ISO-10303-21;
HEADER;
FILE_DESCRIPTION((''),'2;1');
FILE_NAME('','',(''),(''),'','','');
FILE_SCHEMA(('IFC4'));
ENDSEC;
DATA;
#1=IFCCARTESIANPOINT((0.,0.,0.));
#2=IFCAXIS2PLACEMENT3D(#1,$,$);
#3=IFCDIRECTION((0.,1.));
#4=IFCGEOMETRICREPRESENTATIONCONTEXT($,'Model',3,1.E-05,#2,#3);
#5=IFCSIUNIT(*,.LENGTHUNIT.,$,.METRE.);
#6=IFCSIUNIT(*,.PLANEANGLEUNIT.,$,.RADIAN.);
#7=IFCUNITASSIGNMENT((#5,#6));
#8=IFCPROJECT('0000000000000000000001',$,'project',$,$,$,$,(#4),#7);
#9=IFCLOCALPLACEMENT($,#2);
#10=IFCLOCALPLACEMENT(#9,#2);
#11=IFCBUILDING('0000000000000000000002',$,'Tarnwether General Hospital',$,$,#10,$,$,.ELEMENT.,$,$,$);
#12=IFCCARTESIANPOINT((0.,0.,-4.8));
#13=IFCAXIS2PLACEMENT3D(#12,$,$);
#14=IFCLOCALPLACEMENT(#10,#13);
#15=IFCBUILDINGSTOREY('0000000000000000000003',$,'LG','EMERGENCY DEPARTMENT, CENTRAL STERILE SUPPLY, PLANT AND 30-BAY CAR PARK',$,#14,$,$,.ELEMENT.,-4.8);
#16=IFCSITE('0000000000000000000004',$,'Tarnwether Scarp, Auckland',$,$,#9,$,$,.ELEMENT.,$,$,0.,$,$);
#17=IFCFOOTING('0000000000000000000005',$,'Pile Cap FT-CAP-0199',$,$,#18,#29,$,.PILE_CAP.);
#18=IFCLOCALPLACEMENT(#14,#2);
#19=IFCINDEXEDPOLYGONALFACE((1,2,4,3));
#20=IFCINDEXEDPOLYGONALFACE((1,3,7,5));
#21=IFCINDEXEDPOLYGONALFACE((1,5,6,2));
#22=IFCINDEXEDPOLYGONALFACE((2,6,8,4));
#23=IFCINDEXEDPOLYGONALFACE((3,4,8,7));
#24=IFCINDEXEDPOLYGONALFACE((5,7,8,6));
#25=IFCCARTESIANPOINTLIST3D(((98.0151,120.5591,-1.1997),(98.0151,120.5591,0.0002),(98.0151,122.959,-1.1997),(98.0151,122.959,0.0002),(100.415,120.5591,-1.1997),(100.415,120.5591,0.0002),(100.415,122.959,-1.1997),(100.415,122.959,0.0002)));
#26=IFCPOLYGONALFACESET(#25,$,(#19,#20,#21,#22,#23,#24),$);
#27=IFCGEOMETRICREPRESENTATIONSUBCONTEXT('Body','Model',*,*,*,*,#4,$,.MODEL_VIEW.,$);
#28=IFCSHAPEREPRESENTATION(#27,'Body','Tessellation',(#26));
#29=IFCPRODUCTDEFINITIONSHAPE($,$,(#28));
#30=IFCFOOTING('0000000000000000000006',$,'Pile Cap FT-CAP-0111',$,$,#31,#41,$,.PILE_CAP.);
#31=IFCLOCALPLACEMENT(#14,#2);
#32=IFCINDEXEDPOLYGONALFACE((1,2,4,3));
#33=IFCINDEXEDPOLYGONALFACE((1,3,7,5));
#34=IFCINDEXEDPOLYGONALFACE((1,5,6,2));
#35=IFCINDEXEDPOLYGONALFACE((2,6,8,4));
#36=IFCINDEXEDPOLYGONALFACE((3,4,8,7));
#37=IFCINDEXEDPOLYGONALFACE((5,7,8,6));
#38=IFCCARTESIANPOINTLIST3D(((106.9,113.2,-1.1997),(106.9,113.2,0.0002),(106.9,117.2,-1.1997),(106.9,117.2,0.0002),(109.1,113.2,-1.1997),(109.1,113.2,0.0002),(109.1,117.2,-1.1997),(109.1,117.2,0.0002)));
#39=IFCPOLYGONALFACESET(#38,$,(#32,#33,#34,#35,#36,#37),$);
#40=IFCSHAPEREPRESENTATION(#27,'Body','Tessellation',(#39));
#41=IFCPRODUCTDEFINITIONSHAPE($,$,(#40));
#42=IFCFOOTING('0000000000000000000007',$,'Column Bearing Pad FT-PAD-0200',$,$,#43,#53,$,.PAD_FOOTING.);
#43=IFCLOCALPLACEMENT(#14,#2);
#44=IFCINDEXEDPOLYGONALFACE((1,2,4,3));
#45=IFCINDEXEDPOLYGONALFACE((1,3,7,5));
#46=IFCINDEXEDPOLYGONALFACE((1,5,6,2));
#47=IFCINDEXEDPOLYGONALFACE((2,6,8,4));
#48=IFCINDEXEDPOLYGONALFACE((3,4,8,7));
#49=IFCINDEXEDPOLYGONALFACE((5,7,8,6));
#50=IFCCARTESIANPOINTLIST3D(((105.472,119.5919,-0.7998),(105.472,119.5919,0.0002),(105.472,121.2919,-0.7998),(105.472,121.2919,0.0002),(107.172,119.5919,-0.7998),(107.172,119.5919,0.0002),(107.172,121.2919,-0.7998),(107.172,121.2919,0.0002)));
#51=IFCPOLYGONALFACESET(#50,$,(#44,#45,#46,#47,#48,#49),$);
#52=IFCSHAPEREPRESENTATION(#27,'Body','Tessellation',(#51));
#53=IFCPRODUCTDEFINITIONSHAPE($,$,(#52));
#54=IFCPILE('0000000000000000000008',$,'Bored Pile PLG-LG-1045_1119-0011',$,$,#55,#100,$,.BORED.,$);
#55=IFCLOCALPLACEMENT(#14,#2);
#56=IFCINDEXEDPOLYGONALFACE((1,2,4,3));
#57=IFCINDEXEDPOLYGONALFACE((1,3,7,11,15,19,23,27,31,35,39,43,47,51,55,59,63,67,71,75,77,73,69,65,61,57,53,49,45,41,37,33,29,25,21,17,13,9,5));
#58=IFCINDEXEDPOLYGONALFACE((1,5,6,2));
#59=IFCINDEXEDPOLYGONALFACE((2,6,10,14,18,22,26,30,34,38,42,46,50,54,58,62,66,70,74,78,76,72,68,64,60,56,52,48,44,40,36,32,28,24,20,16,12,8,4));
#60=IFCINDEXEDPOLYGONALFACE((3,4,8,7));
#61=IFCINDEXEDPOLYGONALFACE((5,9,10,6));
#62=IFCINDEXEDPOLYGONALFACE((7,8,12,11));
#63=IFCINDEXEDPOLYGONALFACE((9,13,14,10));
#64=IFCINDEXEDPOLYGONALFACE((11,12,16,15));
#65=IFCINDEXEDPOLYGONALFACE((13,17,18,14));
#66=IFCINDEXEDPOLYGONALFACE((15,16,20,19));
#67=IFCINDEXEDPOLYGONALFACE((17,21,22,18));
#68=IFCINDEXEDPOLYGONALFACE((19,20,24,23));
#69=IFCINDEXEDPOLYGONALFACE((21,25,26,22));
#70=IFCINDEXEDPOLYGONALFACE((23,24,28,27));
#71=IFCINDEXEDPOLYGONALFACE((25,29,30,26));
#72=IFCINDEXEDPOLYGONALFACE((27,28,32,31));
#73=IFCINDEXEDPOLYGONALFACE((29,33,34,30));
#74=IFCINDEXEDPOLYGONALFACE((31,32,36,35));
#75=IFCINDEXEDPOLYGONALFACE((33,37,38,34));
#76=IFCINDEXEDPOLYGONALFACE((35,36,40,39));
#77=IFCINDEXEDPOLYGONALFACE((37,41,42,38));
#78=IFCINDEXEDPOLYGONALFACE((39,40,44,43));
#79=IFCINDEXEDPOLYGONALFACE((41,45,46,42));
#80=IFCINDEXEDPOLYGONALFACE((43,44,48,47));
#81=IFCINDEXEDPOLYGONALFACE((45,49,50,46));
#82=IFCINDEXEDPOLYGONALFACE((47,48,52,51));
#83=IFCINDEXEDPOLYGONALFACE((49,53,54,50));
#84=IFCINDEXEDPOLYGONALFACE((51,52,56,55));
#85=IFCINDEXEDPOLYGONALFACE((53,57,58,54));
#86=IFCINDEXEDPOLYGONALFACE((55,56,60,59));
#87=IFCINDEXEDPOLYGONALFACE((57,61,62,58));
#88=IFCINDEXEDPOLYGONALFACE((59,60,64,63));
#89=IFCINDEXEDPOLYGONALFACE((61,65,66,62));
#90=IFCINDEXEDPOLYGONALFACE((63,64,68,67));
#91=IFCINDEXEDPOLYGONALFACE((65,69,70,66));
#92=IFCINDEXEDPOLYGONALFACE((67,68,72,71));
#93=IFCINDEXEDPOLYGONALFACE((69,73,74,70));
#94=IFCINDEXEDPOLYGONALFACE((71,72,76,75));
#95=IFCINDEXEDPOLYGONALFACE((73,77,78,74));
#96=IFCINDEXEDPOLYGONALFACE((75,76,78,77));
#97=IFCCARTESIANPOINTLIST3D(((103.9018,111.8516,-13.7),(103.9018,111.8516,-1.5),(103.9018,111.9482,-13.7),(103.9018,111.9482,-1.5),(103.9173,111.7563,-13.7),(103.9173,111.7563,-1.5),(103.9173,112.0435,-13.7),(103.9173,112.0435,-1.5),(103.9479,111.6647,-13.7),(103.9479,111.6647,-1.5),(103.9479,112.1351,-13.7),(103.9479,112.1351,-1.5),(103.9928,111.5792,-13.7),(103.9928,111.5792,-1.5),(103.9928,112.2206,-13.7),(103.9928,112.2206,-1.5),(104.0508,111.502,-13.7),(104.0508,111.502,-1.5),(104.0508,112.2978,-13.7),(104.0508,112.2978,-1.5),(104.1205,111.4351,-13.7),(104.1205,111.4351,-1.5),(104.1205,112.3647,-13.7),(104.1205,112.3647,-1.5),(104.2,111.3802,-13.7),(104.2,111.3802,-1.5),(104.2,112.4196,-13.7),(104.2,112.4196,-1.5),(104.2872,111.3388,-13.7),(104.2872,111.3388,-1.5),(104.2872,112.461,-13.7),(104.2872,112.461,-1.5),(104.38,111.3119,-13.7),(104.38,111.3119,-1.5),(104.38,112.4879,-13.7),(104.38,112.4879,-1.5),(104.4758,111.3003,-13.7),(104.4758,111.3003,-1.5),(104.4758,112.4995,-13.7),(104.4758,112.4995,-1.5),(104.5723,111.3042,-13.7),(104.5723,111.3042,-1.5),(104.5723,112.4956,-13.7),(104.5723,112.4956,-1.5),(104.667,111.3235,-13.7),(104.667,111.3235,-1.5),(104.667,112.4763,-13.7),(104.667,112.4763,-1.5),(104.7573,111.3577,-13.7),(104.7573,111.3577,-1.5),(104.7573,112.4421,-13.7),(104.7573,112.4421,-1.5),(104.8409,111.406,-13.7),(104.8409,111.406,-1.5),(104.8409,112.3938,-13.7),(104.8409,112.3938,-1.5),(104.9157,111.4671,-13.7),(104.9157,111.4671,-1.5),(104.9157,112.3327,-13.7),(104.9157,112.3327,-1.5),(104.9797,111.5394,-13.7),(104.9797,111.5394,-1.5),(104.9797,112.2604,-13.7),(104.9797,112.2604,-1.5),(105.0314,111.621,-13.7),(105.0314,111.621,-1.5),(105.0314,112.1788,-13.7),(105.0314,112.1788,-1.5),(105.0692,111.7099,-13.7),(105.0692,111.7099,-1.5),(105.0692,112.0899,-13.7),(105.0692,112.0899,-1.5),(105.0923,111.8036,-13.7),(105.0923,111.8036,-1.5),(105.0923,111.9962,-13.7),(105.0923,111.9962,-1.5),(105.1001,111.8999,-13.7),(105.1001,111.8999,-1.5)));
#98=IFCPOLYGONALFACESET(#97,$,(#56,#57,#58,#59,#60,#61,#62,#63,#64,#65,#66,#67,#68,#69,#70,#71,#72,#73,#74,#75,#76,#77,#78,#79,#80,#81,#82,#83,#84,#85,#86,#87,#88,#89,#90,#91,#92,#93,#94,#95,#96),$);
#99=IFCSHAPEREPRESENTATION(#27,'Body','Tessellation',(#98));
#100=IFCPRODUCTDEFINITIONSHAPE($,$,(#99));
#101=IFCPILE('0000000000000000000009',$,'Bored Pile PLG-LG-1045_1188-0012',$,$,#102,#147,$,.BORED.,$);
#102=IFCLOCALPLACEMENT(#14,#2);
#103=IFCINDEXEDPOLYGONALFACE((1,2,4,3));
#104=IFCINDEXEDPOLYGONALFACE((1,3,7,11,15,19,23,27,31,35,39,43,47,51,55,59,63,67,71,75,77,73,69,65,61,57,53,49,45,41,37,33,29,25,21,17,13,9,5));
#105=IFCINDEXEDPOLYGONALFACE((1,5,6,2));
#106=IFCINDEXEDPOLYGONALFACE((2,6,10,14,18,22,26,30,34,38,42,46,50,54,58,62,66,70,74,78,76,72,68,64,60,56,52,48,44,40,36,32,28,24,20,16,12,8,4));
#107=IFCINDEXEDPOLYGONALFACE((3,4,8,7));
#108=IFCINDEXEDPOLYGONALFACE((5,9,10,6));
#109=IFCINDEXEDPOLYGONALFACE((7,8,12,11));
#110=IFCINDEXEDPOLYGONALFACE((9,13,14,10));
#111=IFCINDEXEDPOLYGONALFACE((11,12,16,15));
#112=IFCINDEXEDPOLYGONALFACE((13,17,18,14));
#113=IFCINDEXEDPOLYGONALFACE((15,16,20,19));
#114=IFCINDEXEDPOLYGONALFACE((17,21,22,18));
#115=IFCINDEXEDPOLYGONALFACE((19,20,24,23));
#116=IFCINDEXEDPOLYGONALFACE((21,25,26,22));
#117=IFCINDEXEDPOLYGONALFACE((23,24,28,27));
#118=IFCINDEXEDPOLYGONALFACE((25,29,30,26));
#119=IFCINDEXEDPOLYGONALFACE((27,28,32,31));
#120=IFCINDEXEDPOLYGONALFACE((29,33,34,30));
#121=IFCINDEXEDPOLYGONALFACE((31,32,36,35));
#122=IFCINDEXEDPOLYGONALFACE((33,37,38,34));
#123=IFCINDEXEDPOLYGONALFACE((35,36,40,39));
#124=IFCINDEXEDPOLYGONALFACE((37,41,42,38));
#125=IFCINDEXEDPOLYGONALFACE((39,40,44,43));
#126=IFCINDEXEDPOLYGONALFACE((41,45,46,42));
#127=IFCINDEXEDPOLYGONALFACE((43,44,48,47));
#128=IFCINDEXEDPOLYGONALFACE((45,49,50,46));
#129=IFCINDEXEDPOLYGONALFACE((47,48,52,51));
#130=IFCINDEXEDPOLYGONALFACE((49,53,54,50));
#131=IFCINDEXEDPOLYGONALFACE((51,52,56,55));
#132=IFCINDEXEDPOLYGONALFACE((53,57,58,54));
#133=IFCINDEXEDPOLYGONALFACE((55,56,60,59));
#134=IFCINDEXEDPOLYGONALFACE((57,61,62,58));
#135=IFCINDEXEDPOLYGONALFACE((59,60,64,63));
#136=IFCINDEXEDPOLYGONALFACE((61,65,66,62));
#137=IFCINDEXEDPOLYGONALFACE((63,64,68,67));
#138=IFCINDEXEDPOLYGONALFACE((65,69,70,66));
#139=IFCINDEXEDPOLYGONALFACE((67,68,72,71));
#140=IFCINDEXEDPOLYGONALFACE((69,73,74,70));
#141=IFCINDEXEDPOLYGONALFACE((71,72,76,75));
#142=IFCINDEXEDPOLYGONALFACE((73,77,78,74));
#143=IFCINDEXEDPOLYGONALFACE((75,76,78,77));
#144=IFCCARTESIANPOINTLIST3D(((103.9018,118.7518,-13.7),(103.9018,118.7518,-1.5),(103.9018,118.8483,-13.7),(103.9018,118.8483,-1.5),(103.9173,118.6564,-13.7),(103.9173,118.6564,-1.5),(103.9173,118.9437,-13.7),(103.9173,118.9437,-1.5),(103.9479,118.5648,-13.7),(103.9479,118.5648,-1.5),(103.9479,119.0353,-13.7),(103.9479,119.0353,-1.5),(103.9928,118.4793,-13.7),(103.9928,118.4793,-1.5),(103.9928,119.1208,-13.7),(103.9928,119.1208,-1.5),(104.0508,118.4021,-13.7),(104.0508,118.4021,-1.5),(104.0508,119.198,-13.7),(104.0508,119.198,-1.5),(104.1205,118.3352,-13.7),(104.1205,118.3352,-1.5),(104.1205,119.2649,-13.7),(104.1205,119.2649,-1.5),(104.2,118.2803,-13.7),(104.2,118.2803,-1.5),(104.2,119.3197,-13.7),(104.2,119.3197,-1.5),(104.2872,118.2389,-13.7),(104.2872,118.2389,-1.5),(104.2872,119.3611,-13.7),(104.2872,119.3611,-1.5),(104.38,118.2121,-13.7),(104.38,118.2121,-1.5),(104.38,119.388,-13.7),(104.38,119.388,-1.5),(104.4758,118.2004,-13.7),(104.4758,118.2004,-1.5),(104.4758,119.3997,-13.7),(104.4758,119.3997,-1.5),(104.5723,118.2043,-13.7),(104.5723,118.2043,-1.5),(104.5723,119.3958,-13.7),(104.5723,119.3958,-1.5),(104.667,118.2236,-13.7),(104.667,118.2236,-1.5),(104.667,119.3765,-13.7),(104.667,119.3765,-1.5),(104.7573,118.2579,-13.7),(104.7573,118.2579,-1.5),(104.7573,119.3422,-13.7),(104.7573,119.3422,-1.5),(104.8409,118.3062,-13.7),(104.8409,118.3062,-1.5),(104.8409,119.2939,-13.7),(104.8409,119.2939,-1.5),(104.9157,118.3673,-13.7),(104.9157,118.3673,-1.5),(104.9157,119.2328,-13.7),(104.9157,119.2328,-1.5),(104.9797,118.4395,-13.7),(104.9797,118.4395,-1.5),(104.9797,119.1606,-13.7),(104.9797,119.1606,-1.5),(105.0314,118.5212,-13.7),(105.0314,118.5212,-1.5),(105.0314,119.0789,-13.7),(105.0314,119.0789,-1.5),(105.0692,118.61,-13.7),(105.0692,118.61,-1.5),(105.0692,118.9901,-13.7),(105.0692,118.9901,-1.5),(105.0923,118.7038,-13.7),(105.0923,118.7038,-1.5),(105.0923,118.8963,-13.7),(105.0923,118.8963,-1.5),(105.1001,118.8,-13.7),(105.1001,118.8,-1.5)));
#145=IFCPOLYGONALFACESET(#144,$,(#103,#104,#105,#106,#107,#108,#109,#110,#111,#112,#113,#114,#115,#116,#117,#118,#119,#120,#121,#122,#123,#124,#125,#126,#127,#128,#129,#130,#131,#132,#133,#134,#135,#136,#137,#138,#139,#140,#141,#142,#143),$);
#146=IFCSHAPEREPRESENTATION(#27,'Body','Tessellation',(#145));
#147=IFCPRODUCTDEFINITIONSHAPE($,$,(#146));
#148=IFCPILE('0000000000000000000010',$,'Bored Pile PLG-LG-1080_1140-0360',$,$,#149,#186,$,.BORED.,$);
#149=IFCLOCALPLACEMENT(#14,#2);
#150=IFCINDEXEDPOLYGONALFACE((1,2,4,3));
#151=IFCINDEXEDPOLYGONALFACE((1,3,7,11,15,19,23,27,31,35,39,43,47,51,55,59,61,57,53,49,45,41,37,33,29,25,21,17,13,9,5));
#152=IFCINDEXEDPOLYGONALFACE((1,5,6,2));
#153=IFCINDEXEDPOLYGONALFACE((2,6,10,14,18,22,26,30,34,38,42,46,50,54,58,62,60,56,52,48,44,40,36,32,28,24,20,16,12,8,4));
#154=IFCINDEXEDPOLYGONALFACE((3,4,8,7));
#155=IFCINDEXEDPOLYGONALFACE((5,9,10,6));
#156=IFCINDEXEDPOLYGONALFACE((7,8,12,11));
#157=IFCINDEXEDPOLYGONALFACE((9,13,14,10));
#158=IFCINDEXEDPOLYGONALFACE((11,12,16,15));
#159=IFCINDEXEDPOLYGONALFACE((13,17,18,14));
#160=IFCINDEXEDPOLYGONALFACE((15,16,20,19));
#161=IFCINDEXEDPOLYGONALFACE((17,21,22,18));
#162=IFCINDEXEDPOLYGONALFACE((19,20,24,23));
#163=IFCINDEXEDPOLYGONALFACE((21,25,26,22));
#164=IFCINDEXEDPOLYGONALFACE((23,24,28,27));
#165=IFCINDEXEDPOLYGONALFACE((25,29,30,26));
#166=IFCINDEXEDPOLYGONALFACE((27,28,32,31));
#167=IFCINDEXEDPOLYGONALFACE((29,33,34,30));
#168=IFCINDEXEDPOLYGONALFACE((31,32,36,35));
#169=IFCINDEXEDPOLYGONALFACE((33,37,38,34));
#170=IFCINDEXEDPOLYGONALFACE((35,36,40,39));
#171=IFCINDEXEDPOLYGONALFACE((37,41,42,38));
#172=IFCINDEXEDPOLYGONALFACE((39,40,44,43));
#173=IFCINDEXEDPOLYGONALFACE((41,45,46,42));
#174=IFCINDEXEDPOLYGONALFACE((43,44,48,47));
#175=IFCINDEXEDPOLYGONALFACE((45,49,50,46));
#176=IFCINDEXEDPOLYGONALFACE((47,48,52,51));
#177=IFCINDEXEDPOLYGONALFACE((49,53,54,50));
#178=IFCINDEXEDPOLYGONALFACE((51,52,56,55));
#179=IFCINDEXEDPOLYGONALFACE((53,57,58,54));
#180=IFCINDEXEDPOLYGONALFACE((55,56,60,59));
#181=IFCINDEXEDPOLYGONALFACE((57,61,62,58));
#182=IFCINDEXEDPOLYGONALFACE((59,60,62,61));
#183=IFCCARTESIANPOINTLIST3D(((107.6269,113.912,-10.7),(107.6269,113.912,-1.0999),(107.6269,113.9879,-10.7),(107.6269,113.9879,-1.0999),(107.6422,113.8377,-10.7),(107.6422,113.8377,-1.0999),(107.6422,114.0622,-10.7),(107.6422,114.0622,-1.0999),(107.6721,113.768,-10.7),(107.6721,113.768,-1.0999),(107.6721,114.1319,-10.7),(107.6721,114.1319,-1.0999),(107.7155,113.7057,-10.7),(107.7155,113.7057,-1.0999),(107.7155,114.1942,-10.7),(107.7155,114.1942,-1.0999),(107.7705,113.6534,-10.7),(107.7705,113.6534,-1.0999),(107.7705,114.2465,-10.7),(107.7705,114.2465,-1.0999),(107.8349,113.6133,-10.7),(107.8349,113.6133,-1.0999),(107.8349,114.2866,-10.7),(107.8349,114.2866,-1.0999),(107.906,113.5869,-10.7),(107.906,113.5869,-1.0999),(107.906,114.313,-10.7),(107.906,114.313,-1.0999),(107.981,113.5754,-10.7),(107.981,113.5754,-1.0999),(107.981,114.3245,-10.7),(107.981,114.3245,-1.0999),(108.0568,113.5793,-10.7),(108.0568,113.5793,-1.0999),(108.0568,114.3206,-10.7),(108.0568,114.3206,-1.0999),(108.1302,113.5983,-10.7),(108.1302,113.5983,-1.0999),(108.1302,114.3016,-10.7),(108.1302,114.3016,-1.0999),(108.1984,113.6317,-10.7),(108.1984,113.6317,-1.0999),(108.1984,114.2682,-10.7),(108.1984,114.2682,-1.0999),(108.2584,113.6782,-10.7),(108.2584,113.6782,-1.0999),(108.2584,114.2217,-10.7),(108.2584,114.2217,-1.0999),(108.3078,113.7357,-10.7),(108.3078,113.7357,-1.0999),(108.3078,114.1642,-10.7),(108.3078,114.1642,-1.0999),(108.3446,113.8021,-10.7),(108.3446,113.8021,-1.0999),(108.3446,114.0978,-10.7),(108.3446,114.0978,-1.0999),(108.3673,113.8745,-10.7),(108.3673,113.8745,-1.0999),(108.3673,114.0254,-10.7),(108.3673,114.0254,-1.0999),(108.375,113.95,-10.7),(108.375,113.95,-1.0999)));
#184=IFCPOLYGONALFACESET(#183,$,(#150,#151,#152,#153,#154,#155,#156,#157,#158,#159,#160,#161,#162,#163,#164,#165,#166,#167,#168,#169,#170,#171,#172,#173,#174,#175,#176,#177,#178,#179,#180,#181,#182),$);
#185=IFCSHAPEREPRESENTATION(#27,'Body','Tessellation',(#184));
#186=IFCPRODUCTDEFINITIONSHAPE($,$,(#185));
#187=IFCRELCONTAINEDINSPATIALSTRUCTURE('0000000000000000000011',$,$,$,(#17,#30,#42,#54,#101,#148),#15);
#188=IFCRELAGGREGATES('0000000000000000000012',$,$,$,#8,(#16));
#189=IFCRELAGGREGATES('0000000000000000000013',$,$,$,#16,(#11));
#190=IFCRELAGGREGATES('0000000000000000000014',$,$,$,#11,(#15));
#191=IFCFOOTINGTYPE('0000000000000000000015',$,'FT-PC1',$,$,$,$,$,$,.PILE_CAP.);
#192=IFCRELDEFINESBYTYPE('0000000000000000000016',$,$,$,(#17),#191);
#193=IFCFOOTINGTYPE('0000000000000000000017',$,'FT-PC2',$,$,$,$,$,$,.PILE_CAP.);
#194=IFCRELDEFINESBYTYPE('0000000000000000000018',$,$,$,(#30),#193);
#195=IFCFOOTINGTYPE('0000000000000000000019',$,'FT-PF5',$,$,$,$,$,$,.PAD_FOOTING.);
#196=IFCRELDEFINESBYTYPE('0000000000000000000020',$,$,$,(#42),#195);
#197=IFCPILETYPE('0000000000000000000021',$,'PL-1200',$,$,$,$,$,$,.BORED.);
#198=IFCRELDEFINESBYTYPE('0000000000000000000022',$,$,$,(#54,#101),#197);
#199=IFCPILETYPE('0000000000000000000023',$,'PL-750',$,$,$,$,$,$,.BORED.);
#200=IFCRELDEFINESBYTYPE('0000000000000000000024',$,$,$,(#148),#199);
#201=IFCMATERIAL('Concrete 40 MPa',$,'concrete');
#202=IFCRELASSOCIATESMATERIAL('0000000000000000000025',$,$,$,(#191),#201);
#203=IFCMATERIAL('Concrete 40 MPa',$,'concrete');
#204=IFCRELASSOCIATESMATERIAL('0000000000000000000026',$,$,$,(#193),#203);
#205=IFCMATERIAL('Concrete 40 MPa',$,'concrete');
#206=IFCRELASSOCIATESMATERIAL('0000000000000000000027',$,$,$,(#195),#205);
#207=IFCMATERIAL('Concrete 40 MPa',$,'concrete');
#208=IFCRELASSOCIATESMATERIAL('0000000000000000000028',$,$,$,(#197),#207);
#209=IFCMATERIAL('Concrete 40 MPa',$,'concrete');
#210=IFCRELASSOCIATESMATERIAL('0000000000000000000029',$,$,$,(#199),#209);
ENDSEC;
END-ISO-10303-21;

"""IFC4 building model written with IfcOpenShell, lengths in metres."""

from ifc_helpers import new_model, si_unit, direction, frame, origin, origin_2d, place, context, subcontext, project, spatial, rectangle, circle, extrude, material, material_profile, profile_set, type_object, element, save


model = new_model("IFC4")

# Units and contexts
model_context = context("Model", 3, precision=1e-05, world=origin(), true_north=direction((0.0, 1.0)))
body_context = subcontext(model_context, "Body", "Model", "MODEL_VIEW")
ifc_project = project(units=[si_unit("LENGTHUNIT", "METRE"), si_unit("PLANEANGLEUNIT", "RADIAN")], contexts=[model_context])

# Site, building, storey
site_placement = place(None, origin())
site = spatial("IfcSite", under=ifc_project, at=site_placement, Name="Tarnwether Scarp, Auckland", CompositionType="ELEMENT", RefElevation=0.0)
building_placement = place(site_placement, origin())
building = spatial("IfcBuilding", under=site, at=building_placement, Name="Tarnwether General Hospital", CompositionType="ELEMENT")
storey_placement = place(building_placement, frame((0.0, 0.0, -4.8)))
storey = spatial("IfcBuildingStorey", under=building, at=storey_placement, Name="LG", Description="EMERGENCY DEPARTMENT, CENTRAL STERILE SUPPLY, PLANT AND 30-BAY CAR PARK", CompositionType="ELEMENT", Elevation=-4.8)

# Footings
ifc_material_1 = material(Name="Concrete 40 MPa", Category="concrete")
footing_type_1 = type_object("IfcFootingType", Name="FT-PC1", PredefinedType="PILE_CAP", material=ifc_material_1)
footing_1_placement = place(storey_placement, frame((99.2151, 121.759, -1.1997), z_axis=(0.0, 0.0, 1.0), x_axis=(1.0, 0.0, 0.0)))
element("IfcFooting", 1, at=footing_1_placement, inside=storey, type_object=footing_type_1, Name="Pile Cap FT-CAP-0199", PredefinedType="PILE_CAP", context=body_context, shape_type="SweptSolid", body=[
    extrude(rectangle(XDim=2.3999, YDim=2.3999, at=origin_2d()), origin(), (0.0, 0.0, 1.0), 1.2),
])
ifc_material_2 = material(Name="Concrete 40 MPa", Category="concrete")
footing_type_2 = type_object("IfcFootingType", Name="FT-PC2", PredefinedType="PILE_CAP", material=ifc_material_2)
footing_2_placement = place(storey_placement, frame((108.0, 115.2, -1.1997), z_axis=(0.0, 0.0, 1.0), x_axis=(0.0, 1.0, 0.0)))
element("IfcFooting", 2, at=footing_2_placement, inside=storey, type_object=footing_type_2, Name="Pile Cap FT-CAP-0111", PredefinedType="PILE_CAP", context=body_context, shape_type="SweptSolid", body=[
    extrude(rectangle(XDim=4.0, YDim=2.2, at=origin_2d()), origin(), (0.0, 0.0, 1.0), 1.2),
])
ifc_material_3 = material(Name="Concrete 40 MPa", Category="concrete")
footing_type_3 = type_object("IfcFootingType", Name="FT-PF5", PredefinedType="PAD_FOOTING", material=ifc_material_3)
footing_3_placement = place(storey_placement, frame((106.322, 120.4419, -0.7998), z_axis=(0.0, 0.0, 1.0), x_axis=(1.0, 0.0, 0.0)))
element("IfcFooting", 3, at=footing_3_placement, inside=storey, type_object=footing_type_3, Name="Column Bearing Pad FT-PAD-0200", PredefinedType="PAD_FOOTING", context=body_context, shape_type="SweptSolid", body=[
    extrude(rectangle(XDim=1.7, YDim=1.7, at=origin_2d()), origin(), (0.0, 0.0, 1.0), 0.8),
])

# Piles
ifc_material_4 = material(Name="Concrete 40 MPa", Category="concrete")
ifc_material_profile_1 = material_profile(ifc_material_4, circle(Radius=0.6001, at=origin_2d()), Name="PILE-D1200")
ifc_profile_set_1 = profile_set([ifc_material_profile_1], Name="Concrete 40 MPa")
pile_type_1 = type_object("IfcPileType", Name="PL-1200", PredefinedType="BORED", material=ifc_profile_set_1)
for number, where, z_axis, x_axis, name in (
    (4, (104.5, 111.8999, -1.5), (0.0, 0.0, -1.0), (1.0, 0.0, 0.0), "Bored Pile PLG-LG-1045_1119-0011"),
    (5, (104.5, 118.8, -1.5), (0.0, 0.0, -1.0), (1.0, 0.0, 0.0), "Bored Pile PLG-LG-1045_1188-0012"),
):
    element("IfcPile", number, at=place(storey_placement, frame(where, z_axis=z_axis, x_axis=x_axis)), inside=storey, type_object=pile_type_1, Name=name, PredefinedType="BORED", context=body_context, shape_type="SweptSolid", body=[
        extrude(circle(Radius=0.6001, at=origin_2d()), origin(), (0.0, 0.0, 1.0), 12.2),
    ])
ifc_material_5 = material(Name="Concrete 40 MPa", Category="concrete")
ifc_material_profile_2 = material_profile(ifc_material_5, circle(Radius=0.375, at=origin_2d()), Name="PILE-D750")
ifc_profile_set_2 = profile_set([ifc_material_profile_2], Name="Concrete 40 MPa")
pile_type_2 = type_object("IfcPileType", Name="PL-750", PredefinedType="BORED", material=ifc_profile_set_2)
for number, where, z_axis, x_axis, name in (
    (6, (108.0, 113.95, -1.0999), (0.0, 0.0, -1.0), (1.0, 0.0, 0.0), "Bored Pile PLG-LG-1080_1140-0360"),
):
    element("IfcPile", number, at=place(storey_placement, frame(where, z_axis=z_axis, x_axis=x_axis)), inside=storey, type_object=pile_type_2, Name=name, PredefinedType="BORED", context=body_context, shape_type="SweptSolid", body=[
        extrude(circle(Radius=0.375, at=origin_2d()), origin(), (0.0, 0.0, 1.0), 9.6001),
    ])

save(model, "model.ifc")
